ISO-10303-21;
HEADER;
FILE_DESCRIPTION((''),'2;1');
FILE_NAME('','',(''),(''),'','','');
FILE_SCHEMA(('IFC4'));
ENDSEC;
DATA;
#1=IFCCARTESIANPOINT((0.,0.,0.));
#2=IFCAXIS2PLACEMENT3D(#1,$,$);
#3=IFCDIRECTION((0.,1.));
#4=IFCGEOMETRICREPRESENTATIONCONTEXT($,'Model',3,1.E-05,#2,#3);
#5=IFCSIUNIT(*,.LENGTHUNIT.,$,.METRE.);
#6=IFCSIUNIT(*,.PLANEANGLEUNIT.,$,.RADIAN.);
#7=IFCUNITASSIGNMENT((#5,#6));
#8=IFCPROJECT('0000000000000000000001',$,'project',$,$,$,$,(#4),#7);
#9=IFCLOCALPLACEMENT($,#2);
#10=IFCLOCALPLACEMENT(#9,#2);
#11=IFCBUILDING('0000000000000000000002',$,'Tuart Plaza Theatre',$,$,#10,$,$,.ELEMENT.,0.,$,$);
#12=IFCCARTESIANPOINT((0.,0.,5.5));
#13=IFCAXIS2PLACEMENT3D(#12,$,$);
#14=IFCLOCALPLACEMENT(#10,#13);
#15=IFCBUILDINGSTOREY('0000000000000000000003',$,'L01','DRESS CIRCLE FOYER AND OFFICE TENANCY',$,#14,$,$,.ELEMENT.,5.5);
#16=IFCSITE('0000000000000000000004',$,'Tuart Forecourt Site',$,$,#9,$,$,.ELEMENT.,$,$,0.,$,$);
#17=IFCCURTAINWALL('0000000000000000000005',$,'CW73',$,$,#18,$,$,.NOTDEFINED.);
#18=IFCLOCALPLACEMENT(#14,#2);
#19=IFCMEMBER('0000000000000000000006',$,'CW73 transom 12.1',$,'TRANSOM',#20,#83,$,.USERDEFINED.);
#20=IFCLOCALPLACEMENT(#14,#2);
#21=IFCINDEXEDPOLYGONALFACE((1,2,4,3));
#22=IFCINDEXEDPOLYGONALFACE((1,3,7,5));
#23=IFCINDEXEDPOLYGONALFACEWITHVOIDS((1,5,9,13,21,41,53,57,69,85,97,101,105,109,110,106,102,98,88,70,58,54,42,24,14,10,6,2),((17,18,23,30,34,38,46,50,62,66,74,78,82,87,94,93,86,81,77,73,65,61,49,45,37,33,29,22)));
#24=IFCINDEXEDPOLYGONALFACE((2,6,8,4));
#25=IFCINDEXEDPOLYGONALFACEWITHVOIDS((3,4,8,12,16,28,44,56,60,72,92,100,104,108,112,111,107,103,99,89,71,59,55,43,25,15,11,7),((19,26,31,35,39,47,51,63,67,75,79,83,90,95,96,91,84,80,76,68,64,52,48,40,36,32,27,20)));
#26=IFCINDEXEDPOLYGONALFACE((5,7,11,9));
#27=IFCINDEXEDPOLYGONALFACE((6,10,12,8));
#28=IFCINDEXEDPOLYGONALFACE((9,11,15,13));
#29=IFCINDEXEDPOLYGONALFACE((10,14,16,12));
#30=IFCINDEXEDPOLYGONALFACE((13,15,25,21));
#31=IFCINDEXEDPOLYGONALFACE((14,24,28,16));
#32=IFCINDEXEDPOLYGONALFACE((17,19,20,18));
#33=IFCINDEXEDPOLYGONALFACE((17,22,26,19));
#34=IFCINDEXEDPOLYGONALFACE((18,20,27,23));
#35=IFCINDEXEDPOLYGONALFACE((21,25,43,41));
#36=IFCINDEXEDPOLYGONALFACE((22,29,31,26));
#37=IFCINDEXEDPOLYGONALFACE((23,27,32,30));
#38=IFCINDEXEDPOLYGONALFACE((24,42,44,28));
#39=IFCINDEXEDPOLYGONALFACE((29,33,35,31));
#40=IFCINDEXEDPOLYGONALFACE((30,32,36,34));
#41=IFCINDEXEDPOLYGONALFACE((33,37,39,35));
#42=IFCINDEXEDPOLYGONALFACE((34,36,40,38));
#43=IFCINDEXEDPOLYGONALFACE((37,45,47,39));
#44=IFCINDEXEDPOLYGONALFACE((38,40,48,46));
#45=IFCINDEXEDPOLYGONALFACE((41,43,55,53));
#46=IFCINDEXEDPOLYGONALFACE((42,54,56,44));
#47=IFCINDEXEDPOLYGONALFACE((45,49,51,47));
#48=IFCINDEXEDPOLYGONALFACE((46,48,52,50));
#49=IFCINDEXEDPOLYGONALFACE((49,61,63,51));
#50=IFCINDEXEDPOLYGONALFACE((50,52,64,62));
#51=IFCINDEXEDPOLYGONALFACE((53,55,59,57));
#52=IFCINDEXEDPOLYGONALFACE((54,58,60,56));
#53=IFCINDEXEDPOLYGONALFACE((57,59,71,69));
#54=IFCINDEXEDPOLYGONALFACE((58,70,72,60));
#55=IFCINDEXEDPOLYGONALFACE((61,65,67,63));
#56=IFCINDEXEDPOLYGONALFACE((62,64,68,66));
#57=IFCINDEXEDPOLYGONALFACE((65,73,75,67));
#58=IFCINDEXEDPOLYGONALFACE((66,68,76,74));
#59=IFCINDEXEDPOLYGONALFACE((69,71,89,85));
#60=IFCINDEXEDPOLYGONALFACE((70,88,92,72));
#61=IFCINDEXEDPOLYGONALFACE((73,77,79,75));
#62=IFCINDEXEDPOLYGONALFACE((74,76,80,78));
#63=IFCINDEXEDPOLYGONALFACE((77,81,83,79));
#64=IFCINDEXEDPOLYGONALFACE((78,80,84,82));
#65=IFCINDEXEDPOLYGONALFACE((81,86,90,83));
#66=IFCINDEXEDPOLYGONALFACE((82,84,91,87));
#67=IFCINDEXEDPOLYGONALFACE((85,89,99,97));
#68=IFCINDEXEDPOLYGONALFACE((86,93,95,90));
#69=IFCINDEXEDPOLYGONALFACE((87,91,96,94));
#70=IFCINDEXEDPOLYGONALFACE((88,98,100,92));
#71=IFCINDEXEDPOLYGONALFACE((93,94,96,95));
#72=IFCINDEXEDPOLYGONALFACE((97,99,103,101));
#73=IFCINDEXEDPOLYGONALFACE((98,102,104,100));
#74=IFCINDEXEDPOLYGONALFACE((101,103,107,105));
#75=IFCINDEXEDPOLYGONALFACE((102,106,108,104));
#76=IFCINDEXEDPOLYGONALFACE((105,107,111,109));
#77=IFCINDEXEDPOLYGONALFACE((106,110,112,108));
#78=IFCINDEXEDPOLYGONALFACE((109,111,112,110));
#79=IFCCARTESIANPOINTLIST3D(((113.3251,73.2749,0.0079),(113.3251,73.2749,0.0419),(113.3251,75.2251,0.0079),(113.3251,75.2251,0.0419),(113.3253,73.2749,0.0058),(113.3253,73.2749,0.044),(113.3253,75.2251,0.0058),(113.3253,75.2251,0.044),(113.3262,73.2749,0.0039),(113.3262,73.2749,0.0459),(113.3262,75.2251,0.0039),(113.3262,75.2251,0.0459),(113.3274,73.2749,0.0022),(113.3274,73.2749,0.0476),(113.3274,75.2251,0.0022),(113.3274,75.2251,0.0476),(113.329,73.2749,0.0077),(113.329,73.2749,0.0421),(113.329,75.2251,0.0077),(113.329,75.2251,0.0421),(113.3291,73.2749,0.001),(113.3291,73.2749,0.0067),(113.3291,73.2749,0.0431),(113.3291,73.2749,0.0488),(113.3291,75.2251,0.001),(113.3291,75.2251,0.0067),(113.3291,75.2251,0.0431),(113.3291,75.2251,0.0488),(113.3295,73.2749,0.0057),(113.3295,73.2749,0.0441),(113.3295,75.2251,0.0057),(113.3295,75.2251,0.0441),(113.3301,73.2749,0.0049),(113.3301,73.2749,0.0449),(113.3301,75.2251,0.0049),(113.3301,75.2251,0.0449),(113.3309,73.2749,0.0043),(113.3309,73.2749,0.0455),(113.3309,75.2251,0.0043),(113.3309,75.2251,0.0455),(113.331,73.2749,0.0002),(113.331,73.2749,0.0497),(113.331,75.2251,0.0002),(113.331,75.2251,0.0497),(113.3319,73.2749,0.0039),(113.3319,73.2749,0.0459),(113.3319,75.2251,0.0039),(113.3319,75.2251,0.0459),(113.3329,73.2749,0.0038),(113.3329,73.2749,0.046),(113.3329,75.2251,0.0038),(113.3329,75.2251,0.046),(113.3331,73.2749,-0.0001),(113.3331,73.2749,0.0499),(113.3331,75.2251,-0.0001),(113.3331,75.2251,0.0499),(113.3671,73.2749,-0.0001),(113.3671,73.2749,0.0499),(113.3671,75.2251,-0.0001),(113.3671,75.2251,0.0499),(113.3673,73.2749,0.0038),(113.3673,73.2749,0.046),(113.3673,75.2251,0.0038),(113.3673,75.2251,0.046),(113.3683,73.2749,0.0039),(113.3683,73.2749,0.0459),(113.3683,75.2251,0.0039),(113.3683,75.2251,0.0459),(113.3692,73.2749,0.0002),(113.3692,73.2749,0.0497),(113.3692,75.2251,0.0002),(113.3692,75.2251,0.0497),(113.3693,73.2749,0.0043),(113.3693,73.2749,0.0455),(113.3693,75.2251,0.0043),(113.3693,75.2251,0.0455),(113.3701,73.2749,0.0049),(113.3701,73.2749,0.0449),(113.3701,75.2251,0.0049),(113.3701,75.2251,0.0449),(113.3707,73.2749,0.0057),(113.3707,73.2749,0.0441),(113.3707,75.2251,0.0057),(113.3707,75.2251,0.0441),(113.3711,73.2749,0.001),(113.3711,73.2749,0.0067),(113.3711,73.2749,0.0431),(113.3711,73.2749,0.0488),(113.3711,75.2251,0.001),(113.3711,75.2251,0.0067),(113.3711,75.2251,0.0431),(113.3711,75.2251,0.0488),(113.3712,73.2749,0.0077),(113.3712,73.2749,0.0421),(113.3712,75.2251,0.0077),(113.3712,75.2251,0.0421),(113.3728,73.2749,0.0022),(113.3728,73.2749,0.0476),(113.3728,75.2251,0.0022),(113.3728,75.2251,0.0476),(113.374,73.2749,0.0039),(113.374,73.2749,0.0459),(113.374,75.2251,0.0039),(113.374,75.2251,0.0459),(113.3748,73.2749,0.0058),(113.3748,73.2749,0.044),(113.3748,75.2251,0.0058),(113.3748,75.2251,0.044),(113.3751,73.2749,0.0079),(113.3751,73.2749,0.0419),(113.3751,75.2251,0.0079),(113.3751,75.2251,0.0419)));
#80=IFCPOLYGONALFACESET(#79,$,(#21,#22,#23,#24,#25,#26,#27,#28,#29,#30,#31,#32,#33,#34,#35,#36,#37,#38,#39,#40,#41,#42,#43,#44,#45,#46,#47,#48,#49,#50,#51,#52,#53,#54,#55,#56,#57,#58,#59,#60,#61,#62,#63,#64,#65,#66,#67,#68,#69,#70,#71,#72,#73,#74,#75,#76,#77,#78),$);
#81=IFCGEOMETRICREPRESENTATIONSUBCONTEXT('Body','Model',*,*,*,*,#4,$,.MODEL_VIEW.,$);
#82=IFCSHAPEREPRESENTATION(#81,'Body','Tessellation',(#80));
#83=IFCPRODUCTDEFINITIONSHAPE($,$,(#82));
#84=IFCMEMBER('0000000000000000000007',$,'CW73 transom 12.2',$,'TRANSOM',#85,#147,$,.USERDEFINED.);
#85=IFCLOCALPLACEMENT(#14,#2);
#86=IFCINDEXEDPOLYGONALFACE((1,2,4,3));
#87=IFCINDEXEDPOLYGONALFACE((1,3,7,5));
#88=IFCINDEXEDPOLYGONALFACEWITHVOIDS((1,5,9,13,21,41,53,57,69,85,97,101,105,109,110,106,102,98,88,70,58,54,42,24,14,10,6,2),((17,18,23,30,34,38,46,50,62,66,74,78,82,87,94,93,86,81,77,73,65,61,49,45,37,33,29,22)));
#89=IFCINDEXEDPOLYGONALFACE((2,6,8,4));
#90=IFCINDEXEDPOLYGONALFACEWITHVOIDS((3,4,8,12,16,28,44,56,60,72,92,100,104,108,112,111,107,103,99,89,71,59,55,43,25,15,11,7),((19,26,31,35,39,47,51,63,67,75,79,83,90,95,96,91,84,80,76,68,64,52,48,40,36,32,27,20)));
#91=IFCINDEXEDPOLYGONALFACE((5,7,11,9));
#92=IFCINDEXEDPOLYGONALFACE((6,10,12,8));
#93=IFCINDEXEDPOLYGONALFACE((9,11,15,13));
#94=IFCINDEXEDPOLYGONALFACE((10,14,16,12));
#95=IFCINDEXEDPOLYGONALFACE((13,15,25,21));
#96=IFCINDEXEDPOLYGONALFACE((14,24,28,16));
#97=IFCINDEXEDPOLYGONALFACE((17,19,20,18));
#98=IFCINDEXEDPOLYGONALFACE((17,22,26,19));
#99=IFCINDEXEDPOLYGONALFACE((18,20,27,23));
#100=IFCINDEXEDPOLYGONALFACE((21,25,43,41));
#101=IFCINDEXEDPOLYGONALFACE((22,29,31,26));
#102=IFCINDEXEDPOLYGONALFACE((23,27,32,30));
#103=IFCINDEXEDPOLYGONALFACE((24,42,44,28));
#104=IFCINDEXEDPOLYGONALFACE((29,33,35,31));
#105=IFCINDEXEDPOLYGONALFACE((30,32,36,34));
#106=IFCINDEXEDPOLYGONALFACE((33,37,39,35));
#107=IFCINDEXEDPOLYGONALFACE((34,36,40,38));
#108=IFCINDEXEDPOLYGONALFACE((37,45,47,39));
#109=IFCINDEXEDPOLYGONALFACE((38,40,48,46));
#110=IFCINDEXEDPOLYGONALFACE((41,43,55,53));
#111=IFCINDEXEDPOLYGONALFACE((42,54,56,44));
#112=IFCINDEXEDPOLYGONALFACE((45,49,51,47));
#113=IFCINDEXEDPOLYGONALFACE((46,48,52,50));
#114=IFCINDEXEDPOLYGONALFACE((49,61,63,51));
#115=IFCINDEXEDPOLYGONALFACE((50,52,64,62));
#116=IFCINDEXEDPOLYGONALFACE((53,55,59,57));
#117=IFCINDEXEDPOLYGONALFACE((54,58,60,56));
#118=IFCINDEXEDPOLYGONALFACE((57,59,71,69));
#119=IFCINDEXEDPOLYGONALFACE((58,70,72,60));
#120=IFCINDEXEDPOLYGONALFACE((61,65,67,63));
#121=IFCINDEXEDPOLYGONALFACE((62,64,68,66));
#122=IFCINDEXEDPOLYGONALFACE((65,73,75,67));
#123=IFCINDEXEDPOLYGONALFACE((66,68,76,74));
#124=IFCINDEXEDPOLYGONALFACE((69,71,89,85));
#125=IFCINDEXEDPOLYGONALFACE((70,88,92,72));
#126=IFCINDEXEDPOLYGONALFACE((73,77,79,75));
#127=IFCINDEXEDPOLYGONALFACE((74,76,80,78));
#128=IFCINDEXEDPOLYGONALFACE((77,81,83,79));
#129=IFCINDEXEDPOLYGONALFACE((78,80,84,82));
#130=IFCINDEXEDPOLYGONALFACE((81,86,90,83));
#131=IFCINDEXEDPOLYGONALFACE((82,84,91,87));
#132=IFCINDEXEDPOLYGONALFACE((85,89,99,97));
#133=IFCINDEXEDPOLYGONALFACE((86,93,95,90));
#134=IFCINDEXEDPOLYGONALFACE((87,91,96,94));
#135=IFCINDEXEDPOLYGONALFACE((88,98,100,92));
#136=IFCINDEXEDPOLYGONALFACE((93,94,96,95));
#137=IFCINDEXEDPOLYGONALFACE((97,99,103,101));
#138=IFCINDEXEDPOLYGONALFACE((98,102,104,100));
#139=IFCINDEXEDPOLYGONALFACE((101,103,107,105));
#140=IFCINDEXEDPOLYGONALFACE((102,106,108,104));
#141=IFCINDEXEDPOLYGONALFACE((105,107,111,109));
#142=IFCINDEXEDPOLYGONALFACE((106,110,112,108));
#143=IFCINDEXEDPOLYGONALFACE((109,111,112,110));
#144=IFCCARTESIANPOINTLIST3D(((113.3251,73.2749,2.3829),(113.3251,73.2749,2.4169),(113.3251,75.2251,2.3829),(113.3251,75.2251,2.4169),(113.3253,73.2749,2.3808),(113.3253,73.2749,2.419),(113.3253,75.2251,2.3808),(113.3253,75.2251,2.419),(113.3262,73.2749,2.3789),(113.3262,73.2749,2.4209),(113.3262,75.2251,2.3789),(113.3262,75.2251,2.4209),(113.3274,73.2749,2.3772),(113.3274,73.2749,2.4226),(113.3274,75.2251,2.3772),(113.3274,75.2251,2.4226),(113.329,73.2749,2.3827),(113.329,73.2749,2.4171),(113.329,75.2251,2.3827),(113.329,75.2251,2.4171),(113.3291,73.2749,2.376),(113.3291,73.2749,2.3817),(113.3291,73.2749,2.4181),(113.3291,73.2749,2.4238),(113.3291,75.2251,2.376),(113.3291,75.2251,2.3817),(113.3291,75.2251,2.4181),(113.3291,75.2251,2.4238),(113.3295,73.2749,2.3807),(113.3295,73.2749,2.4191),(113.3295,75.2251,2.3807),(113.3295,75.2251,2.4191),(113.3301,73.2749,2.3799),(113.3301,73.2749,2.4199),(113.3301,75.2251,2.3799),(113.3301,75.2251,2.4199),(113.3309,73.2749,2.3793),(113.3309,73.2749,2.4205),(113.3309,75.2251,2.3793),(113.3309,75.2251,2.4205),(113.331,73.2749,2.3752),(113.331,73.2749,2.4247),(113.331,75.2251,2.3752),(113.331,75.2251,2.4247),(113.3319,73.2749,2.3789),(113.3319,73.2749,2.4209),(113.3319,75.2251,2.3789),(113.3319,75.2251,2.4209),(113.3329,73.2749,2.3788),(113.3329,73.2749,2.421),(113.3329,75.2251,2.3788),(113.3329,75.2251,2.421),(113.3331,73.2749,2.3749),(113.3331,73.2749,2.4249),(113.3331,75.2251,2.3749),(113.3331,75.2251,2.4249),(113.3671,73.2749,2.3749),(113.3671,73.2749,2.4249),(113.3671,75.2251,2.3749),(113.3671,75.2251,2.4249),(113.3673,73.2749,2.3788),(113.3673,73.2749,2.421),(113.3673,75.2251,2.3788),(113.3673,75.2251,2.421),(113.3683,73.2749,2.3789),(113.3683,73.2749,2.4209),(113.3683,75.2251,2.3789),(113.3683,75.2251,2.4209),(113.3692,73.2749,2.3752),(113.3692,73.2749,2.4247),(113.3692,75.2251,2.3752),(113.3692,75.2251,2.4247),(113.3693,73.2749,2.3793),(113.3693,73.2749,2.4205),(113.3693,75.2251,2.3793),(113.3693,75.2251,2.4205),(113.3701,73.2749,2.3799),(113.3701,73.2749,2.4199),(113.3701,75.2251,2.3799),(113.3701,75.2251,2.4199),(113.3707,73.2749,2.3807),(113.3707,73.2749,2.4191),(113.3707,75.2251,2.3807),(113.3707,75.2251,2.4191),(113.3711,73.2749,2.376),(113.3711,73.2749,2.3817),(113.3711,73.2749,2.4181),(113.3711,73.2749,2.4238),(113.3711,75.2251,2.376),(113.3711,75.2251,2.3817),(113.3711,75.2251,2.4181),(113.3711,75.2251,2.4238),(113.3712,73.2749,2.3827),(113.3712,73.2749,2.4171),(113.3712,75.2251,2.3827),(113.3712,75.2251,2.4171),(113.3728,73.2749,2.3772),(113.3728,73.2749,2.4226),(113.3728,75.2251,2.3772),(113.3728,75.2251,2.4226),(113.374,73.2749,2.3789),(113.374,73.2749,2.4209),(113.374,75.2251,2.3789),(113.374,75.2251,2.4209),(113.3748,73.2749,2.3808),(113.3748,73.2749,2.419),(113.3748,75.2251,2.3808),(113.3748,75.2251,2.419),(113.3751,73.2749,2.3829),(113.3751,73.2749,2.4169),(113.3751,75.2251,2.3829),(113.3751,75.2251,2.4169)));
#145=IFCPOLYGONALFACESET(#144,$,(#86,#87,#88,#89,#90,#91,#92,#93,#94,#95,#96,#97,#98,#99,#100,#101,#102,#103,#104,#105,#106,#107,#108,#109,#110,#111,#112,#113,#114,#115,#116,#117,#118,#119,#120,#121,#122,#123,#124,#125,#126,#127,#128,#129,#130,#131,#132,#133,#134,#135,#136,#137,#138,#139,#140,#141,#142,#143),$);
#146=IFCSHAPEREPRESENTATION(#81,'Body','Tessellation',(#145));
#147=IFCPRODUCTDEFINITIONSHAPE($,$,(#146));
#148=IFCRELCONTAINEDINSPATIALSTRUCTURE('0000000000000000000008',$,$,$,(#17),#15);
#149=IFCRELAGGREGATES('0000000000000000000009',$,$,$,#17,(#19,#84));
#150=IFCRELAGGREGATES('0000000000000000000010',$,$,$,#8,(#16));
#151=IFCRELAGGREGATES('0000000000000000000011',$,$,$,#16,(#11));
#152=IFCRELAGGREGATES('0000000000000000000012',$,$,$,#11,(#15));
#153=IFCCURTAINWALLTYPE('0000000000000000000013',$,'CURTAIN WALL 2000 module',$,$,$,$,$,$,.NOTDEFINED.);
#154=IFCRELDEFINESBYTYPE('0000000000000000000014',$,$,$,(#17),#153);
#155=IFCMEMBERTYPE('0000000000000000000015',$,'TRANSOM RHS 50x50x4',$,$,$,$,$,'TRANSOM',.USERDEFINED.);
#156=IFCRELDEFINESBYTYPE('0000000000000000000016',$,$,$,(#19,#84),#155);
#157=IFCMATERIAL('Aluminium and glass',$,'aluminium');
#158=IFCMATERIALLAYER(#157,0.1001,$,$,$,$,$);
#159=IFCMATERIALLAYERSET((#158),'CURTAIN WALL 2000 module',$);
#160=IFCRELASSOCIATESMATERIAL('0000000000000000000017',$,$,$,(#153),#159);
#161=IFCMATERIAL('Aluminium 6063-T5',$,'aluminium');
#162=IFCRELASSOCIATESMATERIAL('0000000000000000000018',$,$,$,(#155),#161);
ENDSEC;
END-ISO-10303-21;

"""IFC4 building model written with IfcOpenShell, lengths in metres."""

from ifc_helpers import new_model, si_unit, direction, frame, origin, origin_2d, place, context, subcontext, project, spatial, hollow_rectangle, extrude, material, layer, layer_set, material_profile, profile_set, type_object, element, aggregate, save


model = new_model("IFC4")

# Units and contexts
model_context = context("Model", 3, precision=1e-05, world=origin(), true_north=direction((0.0, 1.0)))
body_context = subcontext(model_context, "Body", "Model", "MODEL_VIEW")
ifc_project = project(units=[si_unit("LENGTHUNIT", "METRE"), si_unit("PLANEANGLEUNIT", "RADIAN")], contexts=[model_context])

# Site, building, storey
site_placement = place(None, origin())
site = spatial("IfcSite", under=ifc_project, at=site_placement, Name="Tuart Forecourt Site", CompositionType="ELEMENT", RefElevation=0.0)
building_placement = place(site_placement, origin())
building = spatial("IfcBuilding", under=site, at=building_placement, Name="Tuart Plaza Theatre", CompositionType="ELEMENT", ElevationOfRefHeight=0.0)
storey_placement = place(building_placement, frame((0.0, 0.0, 5.5)))
storey = spatial("IfcBuildingStorey", under=building, at=storey_placement, Name="L01", Description="DRESS CIRCLE FOYER AND OFFICE TENANCY", CompositionType="ELEMENT", Elevation=5.5)

# Curtain wall, members
ifc_material_1 = material(Name="Aluminium and glass", Category="aluminium")
ifc_layer_1 = layer(ifc_material_1, 0.1001)
ifc_layer_set_1 = layer_set([ifc_layer_1], Name="CURTAIN WALL 2000 module")
curtain_wall_type = type_object("IfcCurtainWallType", Name="CURTAIN WALL 2000 module", PredefinedType="NOTDEFINED", material=ifc_layer_set_1)
curtain_wall_placement = place(storey_placement, origin())
curtain_wall = element("IfcCurtainWall", 1, at=curtain_wall_placement, inside=storey, type_object=curtain_wall_type, Name="CW73", PredefinedType="NOTDEFINED")
ifc_material_2 = material(Name="Aluminium 6063-T5", Category="aluminium")
ifc_material_profile_1 = material_profile(ifc_material_2, hollow_rectangle(XDim=0.05, YDim=0.05, WallThickness=0.0039, InnerFilletRadius=0.0039, OuterFilletRadius=0.0081, at=origin_2d()), Name="RHS 50x50x4")
ifc_profile_set_1 = profile_set([ifc_material_profile_1], Name="Aluminium 6063-T5")
member_type_1 = type_object("IfcMemberType", Name="TRANSOM RHS 50x50x4", ElementType="TRANSOM", PredefinedType="USERDEFINED", material=ifc_profile_set_1)
member_1_placement = place(storey_placement, frame((113.3501, 75.2251, 0.0249), z_axis=(0.0, -1.0, 0.0), x_axis=(1.0, 0.0, 0.0)))
member_1 = element("IfcMember", 2, at=member_1_placement, type_object=member_type_1, Name="CW73 transom 12.1", ObjectType="TRANSOM", PredefinedType="USERDEFINED", context=body_context, shape_type="SweptSolid", body=[
    extrude(hollow_rectangle(XDim=0.05, YDim=0.05, WallThickness=0.0039, InnerFilletRadius=0.0039, OuterFilletRadius=0.0081, at=origin_2d()), origin(), (0.0, 0.0, 1.0), 1.9502),
])
member_2_placement = place(storey_placement, frame((113.3501, 75.2251, 2.3999), z_axis=(0.0, -1.0, 0.0), x_axis=(1.0, 0.0, 0.0)))
member_2 = element("IfcMember", 3, at=member_2_placement, type_object=member_type_1, Name="CW73 transom 12.2", ObjectType="TRANSOM", PredefinedType="USERDEFINED", context=body_context, shape_type="SweptSolid", body=[
    extrude(hollow_rectangle(XDim=0.05, YDim=0.05, WallThickness=0.0039, InnerFilletRadius=0.0039, OuterFilletRadius=0.0081, at=origin_2d()), origin(), (0.0, 0.0, 1.0), 1.9502),
])
aggregate(curtain_wall, [member_1, member_2])

save(model, "model.ifc")
